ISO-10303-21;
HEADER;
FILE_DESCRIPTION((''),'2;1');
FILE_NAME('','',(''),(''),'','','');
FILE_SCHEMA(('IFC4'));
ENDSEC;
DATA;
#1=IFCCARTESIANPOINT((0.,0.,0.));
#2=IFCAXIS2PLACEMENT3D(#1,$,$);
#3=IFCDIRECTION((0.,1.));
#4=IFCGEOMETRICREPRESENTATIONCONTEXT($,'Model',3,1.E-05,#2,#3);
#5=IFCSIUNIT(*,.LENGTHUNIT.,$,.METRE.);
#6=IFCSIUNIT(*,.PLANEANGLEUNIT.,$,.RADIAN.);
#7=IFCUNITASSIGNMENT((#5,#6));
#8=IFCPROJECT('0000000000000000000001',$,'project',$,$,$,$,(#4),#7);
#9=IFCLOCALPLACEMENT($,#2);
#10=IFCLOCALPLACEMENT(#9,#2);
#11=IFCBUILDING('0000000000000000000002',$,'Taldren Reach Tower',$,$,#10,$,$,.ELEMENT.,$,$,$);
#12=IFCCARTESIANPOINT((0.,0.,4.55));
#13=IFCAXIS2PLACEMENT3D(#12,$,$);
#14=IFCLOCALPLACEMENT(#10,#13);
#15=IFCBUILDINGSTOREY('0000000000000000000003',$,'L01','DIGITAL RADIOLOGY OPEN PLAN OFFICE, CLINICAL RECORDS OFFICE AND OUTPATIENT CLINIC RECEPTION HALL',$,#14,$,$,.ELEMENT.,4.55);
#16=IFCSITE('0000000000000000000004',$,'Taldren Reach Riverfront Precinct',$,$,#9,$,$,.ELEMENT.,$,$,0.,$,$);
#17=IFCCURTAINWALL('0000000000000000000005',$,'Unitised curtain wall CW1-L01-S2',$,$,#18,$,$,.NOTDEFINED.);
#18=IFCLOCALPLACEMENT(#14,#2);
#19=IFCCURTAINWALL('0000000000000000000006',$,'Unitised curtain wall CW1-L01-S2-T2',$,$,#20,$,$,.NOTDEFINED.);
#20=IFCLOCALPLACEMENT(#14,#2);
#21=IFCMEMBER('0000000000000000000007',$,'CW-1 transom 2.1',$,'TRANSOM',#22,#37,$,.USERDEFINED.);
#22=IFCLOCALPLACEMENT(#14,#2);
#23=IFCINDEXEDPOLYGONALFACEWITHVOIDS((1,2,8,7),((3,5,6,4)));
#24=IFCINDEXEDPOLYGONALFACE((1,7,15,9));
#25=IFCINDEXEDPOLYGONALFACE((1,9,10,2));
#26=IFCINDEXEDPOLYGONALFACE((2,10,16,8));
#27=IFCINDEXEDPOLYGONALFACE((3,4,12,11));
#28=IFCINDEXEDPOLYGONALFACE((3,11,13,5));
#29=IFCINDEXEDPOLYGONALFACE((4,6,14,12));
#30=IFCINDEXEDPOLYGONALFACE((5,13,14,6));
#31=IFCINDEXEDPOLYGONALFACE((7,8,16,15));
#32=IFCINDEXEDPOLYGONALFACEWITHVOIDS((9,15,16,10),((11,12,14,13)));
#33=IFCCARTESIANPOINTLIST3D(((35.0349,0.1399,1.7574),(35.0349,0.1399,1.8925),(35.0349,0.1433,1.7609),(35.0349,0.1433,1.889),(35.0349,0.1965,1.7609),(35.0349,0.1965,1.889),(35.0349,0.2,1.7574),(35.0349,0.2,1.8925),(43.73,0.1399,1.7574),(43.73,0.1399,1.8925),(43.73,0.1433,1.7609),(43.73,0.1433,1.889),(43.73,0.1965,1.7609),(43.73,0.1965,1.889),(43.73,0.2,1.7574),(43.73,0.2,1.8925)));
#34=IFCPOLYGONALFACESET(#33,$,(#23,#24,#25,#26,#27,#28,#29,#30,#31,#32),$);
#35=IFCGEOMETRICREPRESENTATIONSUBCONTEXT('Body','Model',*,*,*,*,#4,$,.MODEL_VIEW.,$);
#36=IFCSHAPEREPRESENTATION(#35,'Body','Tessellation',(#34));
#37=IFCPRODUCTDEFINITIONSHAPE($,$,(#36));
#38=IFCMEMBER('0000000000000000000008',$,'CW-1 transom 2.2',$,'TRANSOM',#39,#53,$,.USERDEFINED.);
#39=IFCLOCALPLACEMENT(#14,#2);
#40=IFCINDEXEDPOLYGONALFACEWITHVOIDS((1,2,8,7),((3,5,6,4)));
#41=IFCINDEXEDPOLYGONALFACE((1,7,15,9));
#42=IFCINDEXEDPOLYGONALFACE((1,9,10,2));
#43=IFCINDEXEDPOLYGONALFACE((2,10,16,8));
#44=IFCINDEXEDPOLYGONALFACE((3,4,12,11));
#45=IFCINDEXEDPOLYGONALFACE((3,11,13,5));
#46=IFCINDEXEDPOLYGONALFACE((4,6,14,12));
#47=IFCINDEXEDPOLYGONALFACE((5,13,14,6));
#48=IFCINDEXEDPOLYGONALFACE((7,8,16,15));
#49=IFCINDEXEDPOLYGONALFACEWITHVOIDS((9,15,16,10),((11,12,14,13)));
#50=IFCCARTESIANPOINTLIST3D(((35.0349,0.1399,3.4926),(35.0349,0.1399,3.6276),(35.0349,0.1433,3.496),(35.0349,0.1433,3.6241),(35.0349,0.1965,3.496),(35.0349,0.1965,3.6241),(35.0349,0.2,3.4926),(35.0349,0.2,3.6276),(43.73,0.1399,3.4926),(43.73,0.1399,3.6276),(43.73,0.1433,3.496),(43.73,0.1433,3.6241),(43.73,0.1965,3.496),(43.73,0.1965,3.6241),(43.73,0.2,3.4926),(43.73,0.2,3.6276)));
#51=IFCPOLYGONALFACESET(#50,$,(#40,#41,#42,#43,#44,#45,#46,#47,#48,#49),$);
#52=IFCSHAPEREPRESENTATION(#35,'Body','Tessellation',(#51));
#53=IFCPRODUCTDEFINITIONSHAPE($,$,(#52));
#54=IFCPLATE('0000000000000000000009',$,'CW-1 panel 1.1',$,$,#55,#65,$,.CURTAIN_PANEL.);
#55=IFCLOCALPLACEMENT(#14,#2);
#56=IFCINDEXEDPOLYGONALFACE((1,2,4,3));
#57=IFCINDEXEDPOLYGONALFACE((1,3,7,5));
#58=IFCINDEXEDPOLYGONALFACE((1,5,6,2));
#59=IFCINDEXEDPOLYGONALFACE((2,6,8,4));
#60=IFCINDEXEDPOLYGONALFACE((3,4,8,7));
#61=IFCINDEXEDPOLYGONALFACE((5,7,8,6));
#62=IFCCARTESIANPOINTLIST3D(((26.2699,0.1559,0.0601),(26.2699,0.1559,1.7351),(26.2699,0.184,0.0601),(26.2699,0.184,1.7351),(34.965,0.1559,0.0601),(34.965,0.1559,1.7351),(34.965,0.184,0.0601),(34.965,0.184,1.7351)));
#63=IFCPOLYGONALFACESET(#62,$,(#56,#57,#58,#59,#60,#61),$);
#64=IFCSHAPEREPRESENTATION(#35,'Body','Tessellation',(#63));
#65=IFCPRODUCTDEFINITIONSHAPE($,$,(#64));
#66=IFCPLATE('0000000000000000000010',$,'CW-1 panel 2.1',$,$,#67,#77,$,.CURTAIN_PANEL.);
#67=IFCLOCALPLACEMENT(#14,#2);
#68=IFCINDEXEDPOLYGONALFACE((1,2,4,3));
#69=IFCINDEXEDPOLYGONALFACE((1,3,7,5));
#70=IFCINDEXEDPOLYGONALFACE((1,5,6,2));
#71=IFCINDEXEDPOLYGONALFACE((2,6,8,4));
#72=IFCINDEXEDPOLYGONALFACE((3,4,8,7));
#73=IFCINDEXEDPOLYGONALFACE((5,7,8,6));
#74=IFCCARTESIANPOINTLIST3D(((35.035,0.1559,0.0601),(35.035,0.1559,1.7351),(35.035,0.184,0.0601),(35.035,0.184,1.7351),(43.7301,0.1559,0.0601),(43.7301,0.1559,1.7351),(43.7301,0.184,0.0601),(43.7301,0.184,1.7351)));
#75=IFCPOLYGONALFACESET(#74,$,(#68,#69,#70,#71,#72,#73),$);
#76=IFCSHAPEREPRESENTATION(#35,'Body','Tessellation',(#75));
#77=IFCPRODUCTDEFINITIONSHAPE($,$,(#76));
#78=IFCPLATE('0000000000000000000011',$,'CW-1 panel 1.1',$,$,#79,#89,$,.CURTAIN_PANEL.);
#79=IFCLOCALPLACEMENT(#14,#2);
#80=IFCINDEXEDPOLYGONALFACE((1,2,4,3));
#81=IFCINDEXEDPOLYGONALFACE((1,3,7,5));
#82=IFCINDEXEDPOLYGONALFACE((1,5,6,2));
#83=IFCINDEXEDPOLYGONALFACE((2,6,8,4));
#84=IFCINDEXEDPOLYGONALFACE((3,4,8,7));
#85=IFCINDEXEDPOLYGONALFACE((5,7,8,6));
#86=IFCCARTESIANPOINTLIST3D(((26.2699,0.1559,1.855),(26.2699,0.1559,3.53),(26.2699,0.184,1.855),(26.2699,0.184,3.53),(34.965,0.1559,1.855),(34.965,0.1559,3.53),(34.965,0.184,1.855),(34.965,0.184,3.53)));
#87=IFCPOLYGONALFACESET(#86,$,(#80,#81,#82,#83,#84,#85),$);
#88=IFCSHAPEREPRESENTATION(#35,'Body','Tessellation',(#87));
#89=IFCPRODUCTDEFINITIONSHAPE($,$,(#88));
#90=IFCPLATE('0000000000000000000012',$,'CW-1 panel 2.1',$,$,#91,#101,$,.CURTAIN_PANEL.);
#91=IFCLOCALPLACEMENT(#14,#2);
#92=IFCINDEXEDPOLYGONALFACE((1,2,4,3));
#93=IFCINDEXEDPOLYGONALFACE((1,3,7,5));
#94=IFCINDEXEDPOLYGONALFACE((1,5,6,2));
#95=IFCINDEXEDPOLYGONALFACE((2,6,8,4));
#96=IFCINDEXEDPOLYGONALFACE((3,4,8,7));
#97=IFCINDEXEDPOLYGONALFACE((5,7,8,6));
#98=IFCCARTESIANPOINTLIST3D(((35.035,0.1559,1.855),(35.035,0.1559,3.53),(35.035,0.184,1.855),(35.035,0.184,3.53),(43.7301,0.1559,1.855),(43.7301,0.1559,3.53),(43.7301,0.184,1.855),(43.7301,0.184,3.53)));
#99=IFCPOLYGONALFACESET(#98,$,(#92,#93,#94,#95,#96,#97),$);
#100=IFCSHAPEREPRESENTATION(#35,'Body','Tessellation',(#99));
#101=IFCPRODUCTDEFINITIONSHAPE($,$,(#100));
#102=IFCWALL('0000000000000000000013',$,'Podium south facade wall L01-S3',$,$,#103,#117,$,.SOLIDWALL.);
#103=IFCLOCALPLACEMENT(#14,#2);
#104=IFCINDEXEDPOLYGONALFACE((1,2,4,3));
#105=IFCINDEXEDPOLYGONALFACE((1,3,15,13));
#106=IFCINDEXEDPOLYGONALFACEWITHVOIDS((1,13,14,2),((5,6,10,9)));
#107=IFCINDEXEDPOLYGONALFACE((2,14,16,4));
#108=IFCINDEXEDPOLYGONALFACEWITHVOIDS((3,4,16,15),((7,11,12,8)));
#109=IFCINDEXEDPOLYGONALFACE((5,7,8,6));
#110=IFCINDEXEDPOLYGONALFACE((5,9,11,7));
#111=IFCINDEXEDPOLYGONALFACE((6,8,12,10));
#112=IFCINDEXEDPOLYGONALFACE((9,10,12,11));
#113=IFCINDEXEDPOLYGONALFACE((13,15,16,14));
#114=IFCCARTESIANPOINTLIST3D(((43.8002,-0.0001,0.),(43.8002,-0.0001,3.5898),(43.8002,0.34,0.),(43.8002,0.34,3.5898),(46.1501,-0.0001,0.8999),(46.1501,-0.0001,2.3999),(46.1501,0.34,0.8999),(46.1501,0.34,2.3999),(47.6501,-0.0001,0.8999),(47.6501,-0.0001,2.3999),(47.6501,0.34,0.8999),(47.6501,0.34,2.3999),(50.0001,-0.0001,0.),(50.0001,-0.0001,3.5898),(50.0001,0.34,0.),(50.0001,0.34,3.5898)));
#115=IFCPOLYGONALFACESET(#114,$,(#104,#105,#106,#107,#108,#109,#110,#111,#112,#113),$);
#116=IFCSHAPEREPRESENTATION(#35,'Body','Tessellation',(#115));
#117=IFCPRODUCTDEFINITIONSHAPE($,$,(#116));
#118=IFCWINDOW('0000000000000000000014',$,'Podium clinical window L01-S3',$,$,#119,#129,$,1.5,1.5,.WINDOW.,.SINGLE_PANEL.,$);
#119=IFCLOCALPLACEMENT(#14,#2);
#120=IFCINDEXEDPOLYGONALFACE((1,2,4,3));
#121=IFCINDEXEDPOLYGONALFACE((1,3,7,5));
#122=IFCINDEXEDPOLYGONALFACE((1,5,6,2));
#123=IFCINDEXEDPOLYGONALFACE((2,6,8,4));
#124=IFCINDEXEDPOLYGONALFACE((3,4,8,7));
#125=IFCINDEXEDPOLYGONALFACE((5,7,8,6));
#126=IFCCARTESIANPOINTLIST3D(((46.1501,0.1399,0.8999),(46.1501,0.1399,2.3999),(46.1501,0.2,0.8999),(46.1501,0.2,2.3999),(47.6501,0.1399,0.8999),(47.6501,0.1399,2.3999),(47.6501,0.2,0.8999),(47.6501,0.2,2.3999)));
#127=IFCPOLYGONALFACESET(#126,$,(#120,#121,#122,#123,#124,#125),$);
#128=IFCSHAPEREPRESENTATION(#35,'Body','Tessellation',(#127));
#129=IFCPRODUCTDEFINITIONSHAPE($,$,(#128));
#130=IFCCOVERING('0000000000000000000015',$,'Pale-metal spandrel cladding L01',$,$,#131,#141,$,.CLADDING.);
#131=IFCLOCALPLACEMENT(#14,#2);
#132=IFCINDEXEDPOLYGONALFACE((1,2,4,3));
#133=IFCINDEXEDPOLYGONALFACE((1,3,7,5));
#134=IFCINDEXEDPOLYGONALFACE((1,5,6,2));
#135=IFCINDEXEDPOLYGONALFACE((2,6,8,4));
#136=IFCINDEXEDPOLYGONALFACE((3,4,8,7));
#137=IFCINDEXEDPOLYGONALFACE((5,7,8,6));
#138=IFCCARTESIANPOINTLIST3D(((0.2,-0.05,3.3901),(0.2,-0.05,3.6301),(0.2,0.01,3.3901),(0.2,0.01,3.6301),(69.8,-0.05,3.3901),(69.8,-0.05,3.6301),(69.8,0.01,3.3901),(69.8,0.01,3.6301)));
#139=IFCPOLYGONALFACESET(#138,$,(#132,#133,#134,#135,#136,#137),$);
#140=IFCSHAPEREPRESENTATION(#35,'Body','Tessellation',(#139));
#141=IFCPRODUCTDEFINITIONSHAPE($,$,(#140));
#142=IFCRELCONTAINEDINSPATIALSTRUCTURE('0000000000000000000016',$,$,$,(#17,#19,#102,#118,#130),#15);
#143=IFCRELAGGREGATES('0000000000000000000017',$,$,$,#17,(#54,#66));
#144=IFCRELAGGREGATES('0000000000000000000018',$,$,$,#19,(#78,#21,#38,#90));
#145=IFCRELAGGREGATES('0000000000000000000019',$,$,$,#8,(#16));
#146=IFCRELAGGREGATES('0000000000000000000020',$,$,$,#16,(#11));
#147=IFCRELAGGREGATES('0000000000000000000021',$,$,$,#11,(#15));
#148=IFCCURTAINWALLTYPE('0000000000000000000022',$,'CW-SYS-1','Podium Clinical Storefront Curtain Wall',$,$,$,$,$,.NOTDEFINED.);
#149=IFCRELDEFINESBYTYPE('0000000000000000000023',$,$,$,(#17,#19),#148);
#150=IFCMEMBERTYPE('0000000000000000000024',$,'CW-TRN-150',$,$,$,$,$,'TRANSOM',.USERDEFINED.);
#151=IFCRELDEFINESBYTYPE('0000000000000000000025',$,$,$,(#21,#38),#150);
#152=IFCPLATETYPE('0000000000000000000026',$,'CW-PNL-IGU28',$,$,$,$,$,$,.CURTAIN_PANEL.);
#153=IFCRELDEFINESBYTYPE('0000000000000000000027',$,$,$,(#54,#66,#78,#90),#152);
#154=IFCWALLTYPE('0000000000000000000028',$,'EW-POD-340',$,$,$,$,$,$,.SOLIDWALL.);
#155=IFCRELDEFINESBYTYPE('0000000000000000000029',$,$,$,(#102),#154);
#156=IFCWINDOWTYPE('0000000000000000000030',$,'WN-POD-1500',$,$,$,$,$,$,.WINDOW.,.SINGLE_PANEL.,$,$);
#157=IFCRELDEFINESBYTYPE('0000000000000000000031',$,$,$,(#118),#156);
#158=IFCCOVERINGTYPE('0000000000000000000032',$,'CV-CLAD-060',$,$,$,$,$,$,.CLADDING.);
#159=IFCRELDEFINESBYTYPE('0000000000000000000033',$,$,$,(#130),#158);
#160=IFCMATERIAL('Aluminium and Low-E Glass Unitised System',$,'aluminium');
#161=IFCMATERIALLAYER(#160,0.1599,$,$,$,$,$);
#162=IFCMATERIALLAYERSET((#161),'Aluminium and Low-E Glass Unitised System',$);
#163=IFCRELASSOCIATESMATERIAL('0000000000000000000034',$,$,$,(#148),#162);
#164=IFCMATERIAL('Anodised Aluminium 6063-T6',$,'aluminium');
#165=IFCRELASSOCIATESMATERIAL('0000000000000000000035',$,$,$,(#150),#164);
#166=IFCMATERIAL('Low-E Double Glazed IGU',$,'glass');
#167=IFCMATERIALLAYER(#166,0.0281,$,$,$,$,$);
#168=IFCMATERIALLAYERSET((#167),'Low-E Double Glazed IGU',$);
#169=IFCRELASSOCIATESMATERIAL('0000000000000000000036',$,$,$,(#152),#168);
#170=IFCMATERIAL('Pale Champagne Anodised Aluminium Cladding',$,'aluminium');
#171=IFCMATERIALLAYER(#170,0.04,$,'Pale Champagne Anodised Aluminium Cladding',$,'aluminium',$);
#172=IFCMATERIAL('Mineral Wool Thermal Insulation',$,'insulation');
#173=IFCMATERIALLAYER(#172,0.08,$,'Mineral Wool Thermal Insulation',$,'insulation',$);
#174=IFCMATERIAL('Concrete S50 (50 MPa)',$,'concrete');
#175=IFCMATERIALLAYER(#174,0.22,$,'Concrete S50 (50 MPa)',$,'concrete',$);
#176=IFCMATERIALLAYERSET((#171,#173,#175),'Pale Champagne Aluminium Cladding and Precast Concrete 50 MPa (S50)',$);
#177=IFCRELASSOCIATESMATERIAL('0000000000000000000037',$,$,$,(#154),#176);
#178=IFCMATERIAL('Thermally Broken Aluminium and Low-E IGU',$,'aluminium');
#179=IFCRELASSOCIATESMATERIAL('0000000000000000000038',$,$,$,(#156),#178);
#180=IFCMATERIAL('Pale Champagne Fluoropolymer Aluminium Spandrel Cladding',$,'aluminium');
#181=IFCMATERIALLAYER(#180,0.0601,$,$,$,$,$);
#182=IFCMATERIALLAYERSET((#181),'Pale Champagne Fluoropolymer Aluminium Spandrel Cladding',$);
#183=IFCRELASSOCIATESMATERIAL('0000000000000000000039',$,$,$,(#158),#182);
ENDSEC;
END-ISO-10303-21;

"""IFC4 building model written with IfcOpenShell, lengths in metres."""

from ifc_helpers import new_model, si_unit, direction, frame, frame_2d, origin, origin_2d, place, context, subcontext, project, spatial, rectangle, hollow_rectangle, extrude, source, transform, mapped, material, layer, layer_set, material_profile, profile_set, type_object, element, fill, aggregate, save


model = new_model("IFC4")

# Units and contexts
model_context = context("Model", 3, precision=1e-05, world=origin(), true_north=direction((0.0, 1.0)))
body_context = subcontext(model_context, "Body", "Model", "MODEL_VIEW")
ifc_project = project(units=[si_unit("LENGTHUNIT", "METRE"), si_unit("PLANEANGLEUNIT", "RADIAN")], contexts=[model_context])

# Site, building, storey
site_placement = place(None, origin())
site = spatial("IfcSite", under=ifc_project, at=site_placement, Name="Taldren Reach Riverfront Precinct", CompositionType="ELEMENT", RefElevation=0.0)
building_placement = place(site_placement, origin())
building = spatial("IfcBuilding", under=site, at=building_placement, Name="Taldren Reach Tower", CompositionType="ELEMENT")
storey_placement = place(building_placement, frame((0.0, 0.0, 4.55)))
storey = spatial("IfcBuildingStorey", under=building, at=storey_placement, Name="L01", Description="DIGITAL RADIOLOGY OPEN PLAN OFFICE, CLINICAL RECORDS OFFICE AND OUTPATIENT CLINIC RECEPTION HALL", CompositionType="ELEMENT", Elevation=4.55)

# Curtain walls
ifc_material_1 = material(Name="Aluminium and Low-E Glass Unitised System", Category="aluminium")
ifc_layer_1 = layer(ifc_material_1, 0.1599)
ifc_layer_set_1 = layer_set([ifc_layer_1], Name="Aluminium and Low-E Glass Unitised System")
curtain_wall_type = type_object("IfcCurtainWallType", Name="CW-SYS-1", Description="Podium Clinical Storefront Curtain Wall", PredefinedType="NOTDEFINED", material=ifc_layer_set_1)
curtain_wall_1_placement = place(storey_placement, origin())
curtain_wall_1 = element("IfcCurtainWall", 1, at=curtain_wall_1_placement, inside=storey, type_object=curtain_wall_type, Name="Unitised curtain wall CW1-L01-S2", PredefinedType="NOTDEFINED")
ifc_material_2 = material(Name="Anodised Aluminium 6063-T6", Category="aluminium")
curtain_wall_2_placement = place(storey_placement, origin())
curtain_wall_2 = element("IfcCurtainWall", 2, at=curtain_wall_2_placement, inside=storey, type_object=curtain_wall_type, Name="Unitised curtain wall CW1-L01-S2-T2", PredefinedType="NOTDEFINED")

# Members
ifc_material_profile_1 = material_profile(ifc_material_2, hollow_rectangle(XDim=0.0601, YDim=0.135, WallThickness=0.0034, at=origin_2d()), Name="ALU-135x60x3.5RHS")
ifc_profile_set_1 = profile_set([ifc_material_profile_1], Name="Anodised Aluminium 6063-T6")
member_type_1 = type_object("IfcMemberType", Name="CW-TRN-150", ElementType="TRANSOM", PredefinedType="USERDEFINED", material=ifc_profile_set_1)
shared_shape_1 = source(origin(), body_context, "Body", "SweptSolid", [
    extrude(hollow_rectangle(XDim=0.0601, YDim=0.135, WallThickness=0.0034, at=origin_2d()), origin(), (0.0, 0.0, 1.0), 8.6951),
])
member_1_placement = place(storey_placement, frame((35.0349, 0.1699, 1.825), z_axis=(1.0, 0.0, 0.0), x_axis=(0.0, 1.0, 0.0)))
member_1 = element("IfcMember", 3, at=member_1_placement, type_object=member_type_1, Name="CW-1 transom 2.1", ObjectType="TRANSOM", PredefinedType="USERDEFINED", context=body_context, shape_type="MappedRepresentation", body=[
    mapped(shared_shape_1, transform((0.0, 0.0, 0.0), scale=1.0)),
])
member_2_placement = place(storey_placement, frame((35.0349, 0.1699, 3.5601), z_axis=(1.0, 0.0, 0.0), x_axis=(0.0, 1.0, 0.0)))
member_2 = element("IfcMember", 4, at=member_2_placement, type_object=member_type_1, Name="CW-1 transom 2.2", ObjectType="TRANSOM", PredefinedType="USERDEFINED", context=body_context, shape_type="MappedRepresentation", body=[
    mapped(shared_shape_1, transform((0.0, 0.0, 0.0), scale=1.0)),
])

# Plates
ifc_material_3 = material(Name="Low-E Double Glazed IGU", Category="glass")
ifc_layer_2 = layer(ifc_material_3, 0.0281)
ifc_layer_set_2 = layer_set([ifc_layer_2], Name="Low-E Double Glazed IGU")
plate_type = type_object("IfcPlateType", Name="CW-PNL-IGU28", PredefinedType="CURTAIN_PANEL", material=ifc_layer_set_2)
shared_shape_2 = source(origin(), body_context, "Body", "SweptSolid", [
    extrude(rectangle(XDim=8.6951, YDim=0.0281, at=origin_2d()), origin(), (0.0, 0.0, 1.0), 1.675),
])
plate_1_placement = place(storey_placement, frame((30.6174, 0.1699, 0.0601), z_axis=(0.0, 0.0, 1.0), x_axis=(1.0, 0.0, 0.0)))
plate_1 = element("IfcPlate", 5, at=plate_1_placement, type_object=plate_type, Name="CW-1 panel 1.1", PredefinedType="CURTAIN_PANEL", context=body_context, shape_type="MappedRepresentation", body=[
    mapped(shared_shape_2, transform((0.0, 0.0, 0.0), scale=1.0)),
])
plate_2_placement = place(storey_placement, frame((39.3826, 0.1699, 0.0601), z_axis=(0.0, 0.0, 1.0), x_axis=(1.0, 0.0, 0.0)))
plate_2 = element("IfcPlate", 6, at=plate_2_placement, type_object=plate_type, Name="CW-1 panel 2.1", PredefinedType="CURTAIN_PANEL", context=body_context, shape_type="MappedRepresentation", body=[
    mapped(shared_shape_2, transform((0.0, 0.0, 0.0), scale=1.0)),
])
aggregate(curtain_wall_1, [plate_1, plate_2])
plate_3_placement = place(storey_placement, frame((30.6174, 0.1699, 1.855), z_axis=(0.0, 0.0, 1.0), x_axis=(1.0, 0.0, 0.0)))
plate_3 = element("IfcPlate", 7, at=plate_3_placement, type_object=plate_type, Name="CW-1 panel 1.1", PredefinedType="CURTAIN_PANEL", context=body_context, shape_type="MappedRepresentation", body=[
    mapped(shared_shape_2, transform((0.0, 0.0, 0.0), scale=1.0)),
])
plate_4_placement = place(storey_placement, frame((39.3826, 0.1699, 1.855), z_axis=(0.0, 0.0, 1.0), x_axis=(1.0, 0.0, 0.0)))
plate_4 = element("IfcPlate", 8, at=plate_4_placement, type_object=plate_type, Name="CW-1 panel 2.1", PredefinedType="CURTAIN_PANEL", context=body_context, shape_type="MappedRepresentation", body=[
    mapped(shared_shape_2, transform((0.0, 0.0, 0.0), scale=1.0)),
])
aggregate(curtain_wall_2, [plate_3, member_1, member_2, plate_4])

# Wall, opening, window
ifc_material_4 = material(Name="Pale Champagne Anodised Aluminium Cladding", Category="aluminium")
ifc_layer_3 = layer(ifc_material_4, 0.04, Name="Pale Champagne Anodised Aluminium Cladding", Category="aluminium")
ifc_material_5 = material(Name="Mineral Wool Thermal Insulation", Category="insulation")
ifc_layer_4 = layer(ifc_material_5, 0.08, Name="Mineral Wool Thermal Insulation", Category="insulation")
ifc_material_6 = material(Name="Concrete S50 (50 MPa)", Category="concrete")
ifc_layer_5 = layer(ifc_material_6, 0.22, Name="Concrete S50 (50 MPa)", Category="concrete")
ifc_layer_set_3 = layer_set([ifc_layer_3, ifc_layer_4, ifc_layer_5], Name="Pale Champagne Aluminium Cladding and Precast Concrete 50 MPa (S50)")
wall_type = type_object("IfcWallType", Name="EW-POD-340", PredefinedType="SOLIDWALL", material=ifc_layer_set_3)
shared_shape_3 = source(origin(), body_context, "Body", "SweptSolid", [
    extrude(rectangle(XDim=6.2, YDim=0.3401, at=frame_2d((3.1001, 0.0))), origin(), (0.0, 0.0, 1.0), 3.5898),
])
wall_placement = place(storey_placement, frame((43.8, 0.1699, 0.0), z_axis=(0.0, 0.0, 1.0), x_axis=(1.0, 0.0, 0.0)))
wall = element("IfcWall", 9, at=wall_placement, inside=storey, type_object=wall_type, Name="Podium south facade wall L01-S3", PredefinedType="SOLIDWALL", context=body_context, shape_type="MappedRepresentation", body=[
    mapped(shared_shape_3, transform((0.0, 0.0, 0.0), scale=1.0)),
])
shared_shape_4 = source(origin(), body_context, "Body", "SweptSolid", [
    extrude(rectangle(XDim=1.5, YDim=1.5, at=frame_2d((0.75, 0.75))), frame((0.0, 0.1802, 0.0), z_axis=(0.0, -1.0, 0.0), x_axis=(1.0, 0.0, 0.0)), (0.0, 0.0, 1.0), 0.3601),
])
opening_placement = place(wall_placement, frame((2.3501, 0.0, 0.8999)))
opening = element("IfcOpeningElement", 10, at=opening_placement, cuts=wall, PredefinedType="OPENING", context=body_context, shape_type="MappedRepresentation", body=[
    mapped(shared_shape_4, transform((0.0, 0.0, 0.0), scale=1.0)),
])
ifc_material_7 = material(Name="Thermally Broken Aluminium and Low-E IGU", Category="aluminium")
window_type = type_object("IfcWindowType", Name="WN-POD-1500", PartitioningType="SINGLE_PANEL", PredefinedType="WINDOW", material=ifc_material_7)
shared_shape_5 = source(origin(), body_context, "Body", "SweptSolid", [
    extrude(rectangle(XDim=1.5, YDim=1.5, at=frame_2d((0.75, 0.75))), frame((0.0, 0.03, 0.0), z_axis=(0.0, -1.0, 0.0), x_axis=(1.0, 0.0, 0.0)), (0.0, 0.0, 1.0), 0.0601),
])
window_placement = place(opening_placement, origin())
window = element("IfcWindow", 11, at=window_placement, inside=storey, type_object=window_type, Name="Podium clinical window L01-S3", OverallHeight=1.5, OverallWidth=1.5, PartitioningType="SINGLE_PANEL", PredefinedType="WINDOW", context=body_context, shape_type="MappedRepresentation", body=[
    mapped(shared_shape_5, transform((0.0, 0.0, 0.0), scale=1.0)),
])
fill(opening, window)

# Covering
ifc_material_8 = material(Name="Pale Champagne Fluoropolymer Aluminium Spandrel Cladding", Category="aluminium")
ifc_layer_6 = layer(ifc_material_8, 0.0601)
ifc_layer_set_4 = layer_set([ifc_layer_6], Name="Pale Champagne Fluoropolymer Aluminium Spandrel Cladding")
covering_type = type_object("IfcCoveringType", Name="CV-CLAD-060", PredefinedType="CLADDING", material=ifc_layer_set_4)
shared_shape_6 = source(origin(), body_context, "Body", "SweptSolid", [
    extrude(rectangle(XDim=69.6001, YDim=0.0601, at=origin_2d()), origin(), (0.0, 0.0, 1.0), 0.24),
])
covering_placement = place(storey_placement, frame((35.0, -0.02, 3.3901), z_axis=(0.0, 0.0, 1.0), x_axis=(1.0, 0.0, 0.0)))
element("IfcCovering", 12, at=covering_placement, inside=storey, type_object=covering_type, Name="Pale-metal spandrel cladding L01", PredefinedType="CLADDING", context=body_context, shape_type="MappedRepresentation", body=[
    mapped(shared_shape_6, transform((0.0, 0.0, 0.0), scale=1.0)),
])

save(model, "model.ifc")
